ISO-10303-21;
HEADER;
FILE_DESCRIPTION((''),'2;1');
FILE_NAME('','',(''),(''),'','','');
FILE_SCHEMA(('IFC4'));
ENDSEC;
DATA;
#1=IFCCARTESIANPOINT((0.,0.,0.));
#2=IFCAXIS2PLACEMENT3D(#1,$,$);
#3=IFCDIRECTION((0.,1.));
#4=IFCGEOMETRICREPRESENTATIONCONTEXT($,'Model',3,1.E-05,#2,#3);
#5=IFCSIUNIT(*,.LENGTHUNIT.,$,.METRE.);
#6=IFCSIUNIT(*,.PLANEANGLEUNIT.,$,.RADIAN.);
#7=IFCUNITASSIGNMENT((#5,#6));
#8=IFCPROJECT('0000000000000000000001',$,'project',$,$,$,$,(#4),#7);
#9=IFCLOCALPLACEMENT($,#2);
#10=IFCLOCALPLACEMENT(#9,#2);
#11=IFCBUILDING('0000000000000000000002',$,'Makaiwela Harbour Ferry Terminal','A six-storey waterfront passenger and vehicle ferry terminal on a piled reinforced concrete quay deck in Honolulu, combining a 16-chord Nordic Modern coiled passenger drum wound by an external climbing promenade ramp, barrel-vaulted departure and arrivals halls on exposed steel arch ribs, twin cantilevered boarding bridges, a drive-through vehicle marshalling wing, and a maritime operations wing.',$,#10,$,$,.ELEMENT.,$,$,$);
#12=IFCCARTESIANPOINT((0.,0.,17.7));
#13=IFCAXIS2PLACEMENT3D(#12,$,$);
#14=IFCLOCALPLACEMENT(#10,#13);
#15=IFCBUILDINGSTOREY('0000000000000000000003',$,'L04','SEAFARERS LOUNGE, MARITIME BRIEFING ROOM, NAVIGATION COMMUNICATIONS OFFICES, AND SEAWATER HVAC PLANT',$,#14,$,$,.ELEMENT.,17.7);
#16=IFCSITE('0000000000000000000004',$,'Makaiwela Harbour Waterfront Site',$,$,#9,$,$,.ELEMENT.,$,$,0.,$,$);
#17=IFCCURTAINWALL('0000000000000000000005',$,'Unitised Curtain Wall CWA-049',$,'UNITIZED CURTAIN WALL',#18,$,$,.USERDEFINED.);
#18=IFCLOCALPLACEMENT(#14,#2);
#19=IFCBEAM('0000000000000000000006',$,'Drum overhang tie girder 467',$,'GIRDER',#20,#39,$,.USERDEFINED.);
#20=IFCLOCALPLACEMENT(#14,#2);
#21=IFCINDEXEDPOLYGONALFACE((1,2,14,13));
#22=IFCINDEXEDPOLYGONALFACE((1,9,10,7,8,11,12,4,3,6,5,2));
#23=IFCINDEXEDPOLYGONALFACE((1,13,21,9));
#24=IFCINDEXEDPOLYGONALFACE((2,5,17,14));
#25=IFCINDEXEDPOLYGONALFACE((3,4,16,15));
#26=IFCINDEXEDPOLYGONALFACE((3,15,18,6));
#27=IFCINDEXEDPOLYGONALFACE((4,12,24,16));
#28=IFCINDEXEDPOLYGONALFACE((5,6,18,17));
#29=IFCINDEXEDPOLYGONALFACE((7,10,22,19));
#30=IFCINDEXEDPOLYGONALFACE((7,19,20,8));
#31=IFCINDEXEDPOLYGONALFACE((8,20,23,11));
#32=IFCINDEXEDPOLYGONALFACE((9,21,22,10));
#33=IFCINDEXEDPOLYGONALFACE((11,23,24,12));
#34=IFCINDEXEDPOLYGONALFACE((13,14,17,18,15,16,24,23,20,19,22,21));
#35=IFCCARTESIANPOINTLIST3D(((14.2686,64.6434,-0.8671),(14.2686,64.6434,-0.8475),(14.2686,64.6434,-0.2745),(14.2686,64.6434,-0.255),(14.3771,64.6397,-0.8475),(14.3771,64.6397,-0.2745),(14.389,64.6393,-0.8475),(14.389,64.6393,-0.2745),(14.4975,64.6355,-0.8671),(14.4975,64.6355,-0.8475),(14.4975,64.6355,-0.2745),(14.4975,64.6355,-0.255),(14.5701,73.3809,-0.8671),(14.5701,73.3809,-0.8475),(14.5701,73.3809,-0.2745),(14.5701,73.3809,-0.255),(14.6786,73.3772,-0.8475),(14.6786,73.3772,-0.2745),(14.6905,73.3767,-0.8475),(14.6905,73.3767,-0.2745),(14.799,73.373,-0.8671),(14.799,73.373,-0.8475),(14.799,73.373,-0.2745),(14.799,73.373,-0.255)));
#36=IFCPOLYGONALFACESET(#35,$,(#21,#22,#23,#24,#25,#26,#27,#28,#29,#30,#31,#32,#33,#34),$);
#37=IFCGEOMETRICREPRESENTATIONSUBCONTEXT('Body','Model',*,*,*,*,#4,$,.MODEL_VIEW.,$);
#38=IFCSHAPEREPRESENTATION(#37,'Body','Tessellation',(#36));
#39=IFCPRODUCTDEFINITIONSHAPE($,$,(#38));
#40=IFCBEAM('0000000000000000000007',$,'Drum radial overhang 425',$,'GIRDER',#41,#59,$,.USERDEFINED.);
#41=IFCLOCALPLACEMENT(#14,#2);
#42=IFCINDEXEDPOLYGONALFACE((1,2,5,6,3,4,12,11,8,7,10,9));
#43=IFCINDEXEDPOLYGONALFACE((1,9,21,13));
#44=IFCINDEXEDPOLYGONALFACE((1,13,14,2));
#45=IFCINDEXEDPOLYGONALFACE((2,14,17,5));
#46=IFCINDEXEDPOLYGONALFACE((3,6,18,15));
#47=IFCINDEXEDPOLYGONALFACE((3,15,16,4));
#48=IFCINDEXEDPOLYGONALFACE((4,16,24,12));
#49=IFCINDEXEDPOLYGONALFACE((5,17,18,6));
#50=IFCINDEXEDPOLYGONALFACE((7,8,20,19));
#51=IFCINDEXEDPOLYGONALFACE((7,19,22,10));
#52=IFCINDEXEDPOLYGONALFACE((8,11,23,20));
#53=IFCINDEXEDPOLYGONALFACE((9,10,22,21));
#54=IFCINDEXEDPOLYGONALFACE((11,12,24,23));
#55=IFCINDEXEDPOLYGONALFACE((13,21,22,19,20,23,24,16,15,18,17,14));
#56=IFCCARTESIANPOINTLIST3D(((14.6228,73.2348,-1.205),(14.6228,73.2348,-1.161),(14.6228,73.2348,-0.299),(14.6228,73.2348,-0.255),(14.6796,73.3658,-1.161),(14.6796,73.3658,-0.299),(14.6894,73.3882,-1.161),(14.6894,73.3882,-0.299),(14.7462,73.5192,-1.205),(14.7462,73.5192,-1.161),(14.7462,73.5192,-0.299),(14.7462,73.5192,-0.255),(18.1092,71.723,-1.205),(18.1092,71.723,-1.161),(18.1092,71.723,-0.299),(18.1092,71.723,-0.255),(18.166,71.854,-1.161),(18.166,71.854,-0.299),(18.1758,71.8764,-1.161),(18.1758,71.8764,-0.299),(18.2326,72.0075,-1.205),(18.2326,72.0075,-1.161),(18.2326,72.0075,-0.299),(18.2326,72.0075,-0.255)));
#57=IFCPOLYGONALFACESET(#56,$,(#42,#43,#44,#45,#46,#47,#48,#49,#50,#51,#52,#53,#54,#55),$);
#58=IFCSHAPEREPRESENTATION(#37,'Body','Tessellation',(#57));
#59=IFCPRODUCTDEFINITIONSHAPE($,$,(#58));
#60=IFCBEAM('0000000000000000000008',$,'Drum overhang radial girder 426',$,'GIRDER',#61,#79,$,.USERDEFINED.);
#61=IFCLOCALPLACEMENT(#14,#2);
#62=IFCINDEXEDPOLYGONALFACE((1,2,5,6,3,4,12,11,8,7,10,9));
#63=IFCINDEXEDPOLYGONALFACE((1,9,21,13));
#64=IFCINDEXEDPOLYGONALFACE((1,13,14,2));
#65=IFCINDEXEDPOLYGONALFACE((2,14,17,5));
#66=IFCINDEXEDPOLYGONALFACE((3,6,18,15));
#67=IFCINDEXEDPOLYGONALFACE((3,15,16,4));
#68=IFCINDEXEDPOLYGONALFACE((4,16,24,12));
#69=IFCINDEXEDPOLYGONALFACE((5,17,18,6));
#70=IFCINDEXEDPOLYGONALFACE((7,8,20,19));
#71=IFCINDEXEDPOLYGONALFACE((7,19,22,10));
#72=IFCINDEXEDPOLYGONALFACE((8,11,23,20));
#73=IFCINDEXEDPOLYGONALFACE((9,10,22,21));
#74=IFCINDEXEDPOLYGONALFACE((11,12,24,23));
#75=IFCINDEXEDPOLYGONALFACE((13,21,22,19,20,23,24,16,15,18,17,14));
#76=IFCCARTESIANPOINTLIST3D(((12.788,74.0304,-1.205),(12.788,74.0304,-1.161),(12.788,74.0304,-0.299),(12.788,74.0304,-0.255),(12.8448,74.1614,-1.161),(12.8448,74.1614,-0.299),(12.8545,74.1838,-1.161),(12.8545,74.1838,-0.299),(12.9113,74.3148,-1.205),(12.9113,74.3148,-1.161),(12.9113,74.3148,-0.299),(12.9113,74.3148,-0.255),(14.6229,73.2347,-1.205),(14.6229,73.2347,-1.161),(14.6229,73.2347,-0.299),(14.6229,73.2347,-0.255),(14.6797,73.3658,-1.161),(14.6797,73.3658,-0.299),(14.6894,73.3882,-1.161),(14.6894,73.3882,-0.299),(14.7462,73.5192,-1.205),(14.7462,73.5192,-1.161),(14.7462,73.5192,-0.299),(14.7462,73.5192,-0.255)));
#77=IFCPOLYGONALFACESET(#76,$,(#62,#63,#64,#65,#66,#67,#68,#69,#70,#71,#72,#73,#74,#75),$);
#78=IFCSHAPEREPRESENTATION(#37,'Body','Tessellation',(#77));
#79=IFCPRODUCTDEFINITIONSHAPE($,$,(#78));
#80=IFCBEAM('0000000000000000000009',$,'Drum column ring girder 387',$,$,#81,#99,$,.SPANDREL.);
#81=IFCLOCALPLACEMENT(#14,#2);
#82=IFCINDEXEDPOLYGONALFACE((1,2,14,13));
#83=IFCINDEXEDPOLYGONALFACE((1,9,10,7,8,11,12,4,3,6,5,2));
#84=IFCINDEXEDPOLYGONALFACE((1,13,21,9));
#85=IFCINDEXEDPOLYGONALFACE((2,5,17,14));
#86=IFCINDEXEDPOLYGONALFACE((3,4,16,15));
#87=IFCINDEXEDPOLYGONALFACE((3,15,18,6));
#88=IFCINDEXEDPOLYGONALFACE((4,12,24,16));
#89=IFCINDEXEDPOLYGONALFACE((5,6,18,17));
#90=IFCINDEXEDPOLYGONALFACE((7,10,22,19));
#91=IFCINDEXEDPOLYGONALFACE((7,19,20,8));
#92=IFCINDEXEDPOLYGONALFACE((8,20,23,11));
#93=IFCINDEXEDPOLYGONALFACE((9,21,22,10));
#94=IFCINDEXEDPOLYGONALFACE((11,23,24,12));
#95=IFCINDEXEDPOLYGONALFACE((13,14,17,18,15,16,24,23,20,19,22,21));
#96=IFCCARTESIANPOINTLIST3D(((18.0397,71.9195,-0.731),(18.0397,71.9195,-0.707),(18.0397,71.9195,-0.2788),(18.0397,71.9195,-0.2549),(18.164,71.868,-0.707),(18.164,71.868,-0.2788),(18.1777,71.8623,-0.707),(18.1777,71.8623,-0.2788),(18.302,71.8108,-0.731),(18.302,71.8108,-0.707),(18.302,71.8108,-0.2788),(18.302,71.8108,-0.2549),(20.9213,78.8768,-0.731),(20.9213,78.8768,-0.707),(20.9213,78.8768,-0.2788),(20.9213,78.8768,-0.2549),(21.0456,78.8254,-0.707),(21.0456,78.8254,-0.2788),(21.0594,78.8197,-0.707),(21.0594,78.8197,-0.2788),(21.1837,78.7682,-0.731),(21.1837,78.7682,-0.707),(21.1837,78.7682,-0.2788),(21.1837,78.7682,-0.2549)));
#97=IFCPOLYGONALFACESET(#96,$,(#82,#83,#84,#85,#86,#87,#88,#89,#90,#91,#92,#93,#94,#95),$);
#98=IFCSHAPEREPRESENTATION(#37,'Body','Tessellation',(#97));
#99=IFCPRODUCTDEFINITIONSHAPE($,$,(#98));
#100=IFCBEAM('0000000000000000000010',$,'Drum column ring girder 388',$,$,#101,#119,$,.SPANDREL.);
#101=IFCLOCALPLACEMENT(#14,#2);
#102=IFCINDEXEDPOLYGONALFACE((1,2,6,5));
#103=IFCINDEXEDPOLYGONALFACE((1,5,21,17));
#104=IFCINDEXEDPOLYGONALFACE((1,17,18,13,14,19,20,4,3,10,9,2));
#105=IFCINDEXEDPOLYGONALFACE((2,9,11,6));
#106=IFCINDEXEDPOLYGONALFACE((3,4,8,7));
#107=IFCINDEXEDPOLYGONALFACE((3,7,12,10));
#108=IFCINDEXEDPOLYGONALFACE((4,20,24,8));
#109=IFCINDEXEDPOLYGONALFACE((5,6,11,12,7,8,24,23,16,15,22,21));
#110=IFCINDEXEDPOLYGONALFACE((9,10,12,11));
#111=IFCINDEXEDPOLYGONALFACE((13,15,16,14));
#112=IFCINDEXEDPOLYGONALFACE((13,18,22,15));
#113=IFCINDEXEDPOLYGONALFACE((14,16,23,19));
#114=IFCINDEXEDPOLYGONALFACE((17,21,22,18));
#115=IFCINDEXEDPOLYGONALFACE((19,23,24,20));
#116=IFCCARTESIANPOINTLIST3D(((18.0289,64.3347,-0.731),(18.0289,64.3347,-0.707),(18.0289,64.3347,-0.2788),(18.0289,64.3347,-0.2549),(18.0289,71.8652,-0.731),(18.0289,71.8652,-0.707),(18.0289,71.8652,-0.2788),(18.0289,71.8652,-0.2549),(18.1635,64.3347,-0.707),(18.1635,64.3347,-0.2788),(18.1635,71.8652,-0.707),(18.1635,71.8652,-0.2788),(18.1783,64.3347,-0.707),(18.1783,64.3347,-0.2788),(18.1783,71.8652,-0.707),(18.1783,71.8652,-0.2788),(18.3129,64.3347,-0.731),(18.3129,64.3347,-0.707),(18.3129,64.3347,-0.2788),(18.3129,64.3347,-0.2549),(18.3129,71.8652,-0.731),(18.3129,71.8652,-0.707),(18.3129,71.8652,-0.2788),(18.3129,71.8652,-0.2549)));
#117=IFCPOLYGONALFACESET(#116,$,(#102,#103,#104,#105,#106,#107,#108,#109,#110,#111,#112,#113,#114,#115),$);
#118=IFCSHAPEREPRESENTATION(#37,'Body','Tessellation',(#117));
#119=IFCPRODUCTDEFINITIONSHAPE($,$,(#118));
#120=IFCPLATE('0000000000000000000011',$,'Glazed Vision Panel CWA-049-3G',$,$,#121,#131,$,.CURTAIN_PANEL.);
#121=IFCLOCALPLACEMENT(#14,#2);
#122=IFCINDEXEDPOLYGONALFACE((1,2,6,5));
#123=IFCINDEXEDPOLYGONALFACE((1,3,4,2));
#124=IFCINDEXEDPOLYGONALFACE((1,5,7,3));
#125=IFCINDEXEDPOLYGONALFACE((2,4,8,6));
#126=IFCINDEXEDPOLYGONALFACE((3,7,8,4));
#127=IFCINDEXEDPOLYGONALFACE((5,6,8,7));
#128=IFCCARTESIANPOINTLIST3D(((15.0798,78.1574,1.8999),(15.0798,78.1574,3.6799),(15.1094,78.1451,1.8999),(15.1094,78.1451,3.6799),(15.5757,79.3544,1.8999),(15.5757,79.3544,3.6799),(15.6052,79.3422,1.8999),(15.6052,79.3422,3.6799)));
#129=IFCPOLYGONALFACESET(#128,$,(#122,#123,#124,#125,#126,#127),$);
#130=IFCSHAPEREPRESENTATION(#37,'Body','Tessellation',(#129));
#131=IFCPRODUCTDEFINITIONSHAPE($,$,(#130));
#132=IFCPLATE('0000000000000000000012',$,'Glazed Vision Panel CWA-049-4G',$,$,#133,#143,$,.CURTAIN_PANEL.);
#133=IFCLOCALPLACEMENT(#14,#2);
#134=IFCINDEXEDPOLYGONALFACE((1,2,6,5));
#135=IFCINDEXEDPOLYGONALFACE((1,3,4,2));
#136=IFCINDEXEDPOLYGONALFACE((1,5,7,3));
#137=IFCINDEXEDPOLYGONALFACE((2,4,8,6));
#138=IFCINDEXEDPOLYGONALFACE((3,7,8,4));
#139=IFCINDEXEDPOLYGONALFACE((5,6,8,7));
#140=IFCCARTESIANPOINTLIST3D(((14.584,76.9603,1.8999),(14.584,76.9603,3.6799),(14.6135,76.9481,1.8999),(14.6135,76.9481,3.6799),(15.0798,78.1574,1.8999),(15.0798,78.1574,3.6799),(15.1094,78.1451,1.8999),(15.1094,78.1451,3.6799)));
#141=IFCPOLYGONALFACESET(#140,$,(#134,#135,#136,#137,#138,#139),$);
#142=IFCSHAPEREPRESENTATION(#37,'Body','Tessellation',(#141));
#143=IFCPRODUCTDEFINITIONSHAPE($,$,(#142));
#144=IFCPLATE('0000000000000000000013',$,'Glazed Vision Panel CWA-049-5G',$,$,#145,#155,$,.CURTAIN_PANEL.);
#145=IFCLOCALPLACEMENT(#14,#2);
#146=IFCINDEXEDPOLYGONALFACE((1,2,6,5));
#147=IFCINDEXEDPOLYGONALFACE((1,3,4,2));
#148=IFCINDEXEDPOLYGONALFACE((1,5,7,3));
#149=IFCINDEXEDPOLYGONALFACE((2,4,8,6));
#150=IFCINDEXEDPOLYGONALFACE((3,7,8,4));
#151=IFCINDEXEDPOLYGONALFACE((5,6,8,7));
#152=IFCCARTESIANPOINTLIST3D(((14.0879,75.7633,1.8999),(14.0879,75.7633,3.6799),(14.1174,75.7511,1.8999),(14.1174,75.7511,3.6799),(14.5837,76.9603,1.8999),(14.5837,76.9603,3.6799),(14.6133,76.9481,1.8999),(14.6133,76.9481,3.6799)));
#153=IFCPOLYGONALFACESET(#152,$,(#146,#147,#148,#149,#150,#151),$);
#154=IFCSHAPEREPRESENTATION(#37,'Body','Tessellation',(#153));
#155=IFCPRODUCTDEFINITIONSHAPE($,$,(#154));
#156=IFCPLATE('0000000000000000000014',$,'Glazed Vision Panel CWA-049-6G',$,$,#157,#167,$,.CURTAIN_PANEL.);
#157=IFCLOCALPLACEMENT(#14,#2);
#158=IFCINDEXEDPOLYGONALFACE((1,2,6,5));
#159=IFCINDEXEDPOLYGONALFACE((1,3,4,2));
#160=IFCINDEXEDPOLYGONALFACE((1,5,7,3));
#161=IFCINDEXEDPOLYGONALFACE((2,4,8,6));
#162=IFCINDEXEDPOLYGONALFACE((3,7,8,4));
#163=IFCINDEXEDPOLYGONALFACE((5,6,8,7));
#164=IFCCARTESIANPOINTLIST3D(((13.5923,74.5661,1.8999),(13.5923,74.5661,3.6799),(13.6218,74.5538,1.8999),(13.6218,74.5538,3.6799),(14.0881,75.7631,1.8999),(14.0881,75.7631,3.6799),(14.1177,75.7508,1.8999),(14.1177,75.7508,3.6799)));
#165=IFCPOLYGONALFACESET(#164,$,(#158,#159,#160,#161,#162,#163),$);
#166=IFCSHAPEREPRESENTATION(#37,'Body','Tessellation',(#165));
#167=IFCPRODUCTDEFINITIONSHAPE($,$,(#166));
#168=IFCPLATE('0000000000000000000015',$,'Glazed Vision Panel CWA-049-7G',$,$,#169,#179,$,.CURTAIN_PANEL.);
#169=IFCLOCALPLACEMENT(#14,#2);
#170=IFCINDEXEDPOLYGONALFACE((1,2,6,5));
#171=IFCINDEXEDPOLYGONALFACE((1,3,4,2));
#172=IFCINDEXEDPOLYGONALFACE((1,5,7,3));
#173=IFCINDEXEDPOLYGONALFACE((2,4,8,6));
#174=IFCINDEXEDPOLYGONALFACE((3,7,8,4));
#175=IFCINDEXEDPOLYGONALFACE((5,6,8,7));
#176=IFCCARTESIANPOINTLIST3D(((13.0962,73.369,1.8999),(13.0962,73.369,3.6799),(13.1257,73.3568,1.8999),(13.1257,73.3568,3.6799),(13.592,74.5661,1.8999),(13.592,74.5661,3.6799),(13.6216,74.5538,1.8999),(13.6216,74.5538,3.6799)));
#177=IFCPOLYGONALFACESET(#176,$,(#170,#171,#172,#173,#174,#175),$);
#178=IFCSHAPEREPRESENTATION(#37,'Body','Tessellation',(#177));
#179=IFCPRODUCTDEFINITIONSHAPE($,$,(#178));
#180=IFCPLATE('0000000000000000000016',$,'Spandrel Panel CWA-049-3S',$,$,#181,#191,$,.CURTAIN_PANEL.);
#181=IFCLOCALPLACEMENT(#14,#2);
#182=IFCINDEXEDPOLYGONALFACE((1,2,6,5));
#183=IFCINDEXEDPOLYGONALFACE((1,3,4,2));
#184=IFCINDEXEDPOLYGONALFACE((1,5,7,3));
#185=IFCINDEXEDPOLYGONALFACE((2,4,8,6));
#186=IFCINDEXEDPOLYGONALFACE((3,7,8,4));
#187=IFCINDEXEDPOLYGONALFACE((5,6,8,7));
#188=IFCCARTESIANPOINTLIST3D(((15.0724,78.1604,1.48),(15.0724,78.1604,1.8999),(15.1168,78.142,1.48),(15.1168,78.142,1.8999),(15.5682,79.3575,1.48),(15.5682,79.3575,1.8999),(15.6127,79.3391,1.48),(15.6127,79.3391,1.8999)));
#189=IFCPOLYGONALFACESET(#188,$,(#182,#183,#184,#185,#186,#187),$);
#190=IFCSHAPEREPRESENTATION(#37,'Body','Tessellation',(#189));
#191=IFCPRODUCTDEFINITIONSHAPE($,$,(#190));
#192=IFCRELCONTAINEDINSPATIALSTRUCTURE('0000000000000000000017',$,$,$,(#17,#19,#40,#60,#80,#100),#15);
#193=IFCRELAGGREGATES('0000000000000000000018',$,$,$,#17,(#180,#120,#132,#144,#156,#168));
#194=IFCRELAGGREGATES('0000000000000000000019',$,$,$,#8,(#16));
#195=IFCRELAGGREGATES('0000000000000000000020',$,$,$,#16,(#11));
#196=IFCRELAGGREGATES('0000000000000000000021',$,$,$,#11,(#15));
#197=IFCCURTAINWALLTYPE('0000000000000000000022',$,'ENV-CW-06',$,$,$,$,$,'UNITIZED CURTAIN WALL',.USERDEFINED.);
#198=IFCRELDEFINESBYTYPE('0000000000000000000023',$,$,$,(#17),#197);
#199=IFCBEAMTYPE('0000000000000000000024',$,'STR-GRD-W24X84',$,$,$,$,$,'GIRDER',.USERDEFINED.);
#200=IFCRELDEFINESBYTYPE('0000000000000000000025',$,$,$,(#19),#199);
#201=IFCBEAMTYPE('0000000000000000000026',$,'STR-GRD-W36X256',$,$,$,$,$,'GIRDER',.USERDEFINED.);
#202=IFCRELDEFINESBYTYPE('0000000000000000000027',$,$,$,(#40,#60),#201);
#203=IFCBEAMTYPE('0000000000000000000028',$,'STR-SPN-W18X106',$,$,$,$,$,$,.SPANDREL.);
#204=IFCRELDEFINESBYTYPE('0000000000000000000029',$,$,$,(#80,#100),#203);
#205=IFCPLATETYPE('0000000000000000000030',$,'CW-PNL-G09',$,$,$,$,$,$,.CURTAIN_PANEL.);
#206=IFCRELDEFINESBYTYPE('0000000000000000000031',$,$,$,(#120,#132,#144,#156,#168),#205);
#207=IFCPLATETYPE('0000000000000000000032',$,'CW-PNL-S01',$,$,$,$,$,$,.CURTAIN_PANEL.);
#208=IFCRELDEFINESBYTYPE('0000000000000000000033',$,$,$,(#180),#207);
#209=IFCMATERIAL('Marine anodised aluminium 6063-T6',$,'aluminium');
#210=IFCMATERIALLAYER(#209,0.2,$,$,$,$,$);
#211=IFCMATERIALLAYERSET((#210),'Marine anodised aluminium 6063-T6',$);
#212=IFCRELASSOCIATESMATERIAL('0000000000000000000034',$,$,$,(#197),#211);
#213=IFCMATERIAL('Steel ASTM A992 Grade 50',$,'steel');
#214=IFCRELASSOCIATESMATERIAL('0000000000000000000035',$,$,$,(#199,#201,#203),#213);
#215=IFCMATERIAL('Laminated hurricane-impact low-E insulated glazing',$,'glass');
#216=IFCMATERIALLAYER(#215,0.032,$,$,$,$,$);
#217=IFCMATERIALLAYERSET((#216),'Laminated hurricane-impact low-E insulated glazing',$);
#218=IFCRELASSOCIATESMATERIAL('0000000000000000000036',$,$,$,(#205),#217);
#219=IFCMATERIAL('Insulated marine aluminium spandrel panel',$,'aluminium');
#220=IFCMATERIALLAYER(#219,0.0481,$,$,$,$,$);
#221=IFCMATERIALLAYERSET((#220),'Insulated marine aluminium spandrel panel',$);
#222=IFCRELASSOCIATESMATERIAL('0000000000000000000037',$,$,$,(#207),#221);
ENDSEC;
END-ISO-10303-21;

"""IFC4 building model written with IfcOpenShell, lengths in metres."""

from ifc_helpers import new_model, si_unit, direction, frame, origin, origin_2d, place, context, subcontext, project, spatial, rectangle, i_section, extrude, material, layer, layer_set, material_profile, profile_set, type_object, element, aggregate, save


model = new_model("IFC4")

# Units and contexts
model_context = context("Model", 3, precision=1e-05, world=origin(), true_north=direction((0.0, 1.0)))
body_context = subcontext(model_context, "Body", "Model", "MODEL_VIEW")
ifc_project = project(units=[si_unit("LENGTHUNIT", "METRE"), si_unit("PLANEANGLEUNIT", "RADIAN")], contexts=[model_context])

# Site, building, storey
site_placement = place(None, origin())
site = spatial("IfcSite", under=ifc_project, at=site_placement, Name="Makaiwela Harbour Waterfront Site", CompositionType="ELEMENT", RefElevation=0.0)
building_placement = place(site_placement, origin())
building = spatial("IfcBuilding", under=site, at=building_placement, Name="Makaiwela Harbour Ferry Terminal", Description="A six-storey waterfront passenger and vehicle ferry terminal on a piled reinforced concrete quay deck in Honolulu, combining a 16-chord Nordic Modern coiled passenger drum wound by an external climbing promenade ramp, barrel-vaulted departure and arrivals halls on exposed steel arch ribs, twin cantilevered boarding bridges, a drive-through vehicle marshalling wing, and a maritime operations wing.", CompositionType="ELEMENT")
storey_placement = place(building_placement, frame((0.0, 0.0, 17.7)))
storey = spatial("IfcBuildingStorey", under=building, at=storey_placement, Name="L04", Description="SEAFARERS LOUNGE, MARITIME BRIEFING ROOM, NAVIGATION COMMUNICATIONS OFFICES, AND SEAWATER HVAC PLANT", CompositionType="ELEMENT", Elevation=17.7)

# Shared definitions
ifc_material_1 = material(Name="Steel ASTM A992 Grade 50", Category="steel")

# Curtain wall
ifc_material_2 = material(Name="Marine anodised aluminium 6063-T6", Category="aluminium")
ifc_layer_1 = layer(ifc_material_2, 0.2)
ifc_layer_set_1 = layer_set([ifc_layer_1], Name="Marine anodised aluminium 6063-T6")
curtain_wall_type = type_object("IfcCurtainWallType", Name="ENV-CW-06", ElementType="UNITIZED CURTAIN WALL", PredefinedType="USERDEFINED", material=ifc_layer_set_1)
curtain_wall_1_placement = place(storey_placement, origin())
curtain_wall_1 = element("IfcCurtainWall", 1, at=curtain_wall_1_placement, inside=storey, type_object=curtain_wall_type, Name="Unitised Curtain Wall CWA-049", ObjectType="UNITIZED CURTAIN WALL", PredefinedType="USERDEFINED")

# Beams
ifc_material_profile_1 = material_profile(ifc_material_1, i_section(OverallWidth=0.229, OverallDepth=0.6121, WebThickness=0.012, FlangeThickness=0.0195, at=origin_2d()), Name="W24X84")
ifc_profile_set_1 = profile_set([ifc_material_profile_1], Name="Steel ASTM A992 Grade 50")
beam_type_1 = type_object("IfcBeamType", Name="STR-GRD-W24X84", ElementType="GIRDER", PredefinedType="USERDEFINED", material=ifc_profile_set_1)
beam_1_placement = place(storey_placement, frame((14.6846, 73.377, -0.561), z_axis=(-0.034487, -0.999405, 0.0), x_axis=(0.999405, -0.034487, 0.0)))
element("IfcBeam", 2, at=beam_1_placement, inside=storey, type_object=beam_type_1, Name="Drum overhang tie girder 467", ObjectType="GIRDER", PredefinedType="USERDEFINED", context=body_context, shape_type="SweptSolid", body=[
    extrude(i_section(OverallWidth=0.229, OverallDepth=0.6121, WebThickness=0.012, FlangeThickness=0.0195, at=origin_2d()), origin(), (0.0, 0.0, 1.0), 8.7427),
])
ifc_material_profile_2 = material_profile(ifc_material_1, i_section(OverallWidth=0.3101, OverallDepth=0.95, WebThickness=0.0244, FlangeThickness=0.0439, at=origin_2d()), Name="W36X256")
ifc_profile_set_2 = profile_set([ifc_material_profile_2], Name="Steel ASTM A992 Grade 50")
beam_type_2 = type_object("IfcBeamType", Name="STR-GRD-W36X256", ElementType="GIRDER", PredefinedType="USERDEFINED", material=ifc_profile_set_2)
beam_2_placement = place(storey_placement, frame((18.1709, 71.8652, -0.73), z_axis=(-0.917462, 0.397824, 0.0), x_axis=(-0.397824, -0.917462, 0.0)))
element("IfcBeam", 3, at=beam_2_placement, inside=storey, type_object=beam_type_2, Name="Drum radial overhang 425", ObjectType="GIRDER", PredefinedType="USERDEFINED", context=body_context, shape_type="SweptSolid", body=[
    extrude(i_section(OverallWidth=0.3101, OverallDepth=0.95, WebThickness=0.0244, FlangeThickness=0.0439, at=origin_2d()), origin(), (0.0, 0.0, 1.0), 3.8),
])
beam_3_placement = place(storey_placement, frame((14.6846, 73.377, -0.73), z_axis=(-0.917464, 0.39782, 0.0), x_axis=(-0.39782, -0.917464, 0.0)))
element("IfcBeam", 4, at=beam_3_placement, inside=storey, type_object=beam_type_2, Name="Drum overhang radial girder 426", ObjectType="GIRDER", PredefinedType="USERDEFINED", context=body_context, shape_type="SweptSolid", body=[
    extrude(i_section(OverallWidth=0.3101, OverallDepth=0.95, WebThickness=0.0244, FlangeThickness=0.0439, at=origin_2d()), origin(), (0.0, 0.0, 1.0), 2.0),
])
ifc_material_profile_3 = material_profile(ifc_material_1, i_section(OverallWidth=0.2839, OverallDepth=0.4761, WebThickness=0.0149, FlangeThickness=0.0239, at=origin_2d()), Name="W18X106")
ifc_profile_set_3 = profile_set([ifc_material_profile_3], Name="Steel ASTM A992 Grade 50")
beam_type_3 = type_object("IfcBeamType", Name="STR-SPN-W18X106", PredefinedType="SPANDREL", material=ifc_profile_set_3)
for number, where, z_axis, x_axis, name in (
    (5, (21.0525, 78.8225, -0.4929), (-0.38266, -0.923889, 0.0), (0.923889, -0.38266, 0.0), "Drum column ring girder 387"),
    (6, (18.1709, 71.8652, -0.4929), (0.0, -1.0, 0.0), (1.0, 0.0, 0.0), "Drum column ring girder 388"),
):
    element("IfcBeam", number, at=place(storey_placement, frame(where, z_axis=z_axis, x_axis=x_axis)), inside=storey, type_object=beam_type_3, Name=name, PredefinedType="SPANDREL", context=body_context, shape_type="SweptSolid", body=[
        extrude(i_section(OverallWidth=0.2839, OverallDepth=0.4761, WebThickness=0.0149, FlangeThickness=0.0239, at=origin_2d()), origin(), (0.0, 0.0, 1.0), 7.5305),
    ])

# Plates
ifc_material_3 = material(Name="Laminated hurricane-impact low-E insulated glazing", Category="glass")
ifc_layer_2 = layer(ifc_material_3, 0.032)
ifc_layer_set_2 = layer_set([ifc_layer_2], Name="Laminated hurricane-impact low-E insulated glazing")
plate_type_1 = type_object("IfcPlateType", Name="CW-PNL-G09", PredefinedType="CURTAIN_PANEL", material=ifc_layer_set_2)
plate_1_placement = place(storey_placement, frame((15.3425, 78.7498, 1.8999), z_axis=(0.0, 0.0, 1.0), x_axis=(-0.382683, -0.92388, 0.0)))
plate_1 = element("IfcPlate", 7, at=plate_1_placement, type_object=plate_type_1, Name="Glazed Vision Panel CWA-049-3G", PredefinedType="CURTAIN_PANEL", context=body_context, shape_type="SweptSolid", body=[
    extrude(rectangle(XDim=1.2957, YDim=0.032, at=origin_2d()), origin(), (0.0, 0.0, 1.0), 1.78),
])
plate_2_placement = place(storey_placement, frame((14.8467, 77.5527, 1.8999), z_axis=(0.0, 0.0, 1.0), x_axis=(-0.382683, -0.92388, 0.0)))
plate_2 = element("IfcPlate", 8, at=plate_2_placement, type_object=plate_type_1, Name="Glazed Vision Panel CWA-049-4G", PredefinedType="CURTAIN_PANEL", context=body_context, shape_type="SweptSolid", body=[
    extrude(rectangle(XDim=1.2957, YDim=0.032, at=origin_2d()), origin(), (0.0, 0.0, 1.0), 1.78),
])
plate_3_placement = place(storey_placement, frame((14.3506, 76.3557, 1.8999), z_axis=(0.0, 0.0, 1.0), x_axis=(-0.382683, -0.92388, 0.0)))
plate_3 = element("IfcPlate", 9, at=plate_3_placement, type_object=plate_type_1, Name="Glazed Vision Panel CWA-049-5G", PredefinedType="CURTAIN_PANEL", context=body_context, shape_type="SweptSolid", body=[
    extrude(rectangle(XDim=1.2957, YDim=0.032, at=origin_2d()), origin(), (0.0, 0.0, 1.0), 1.78),
])
plate_4_placement = place(storey_placement, frame((13.855, 75.1584, 1.8999), z_axis=(0.0, 0.0, 1.0), x_axis=(-0.382683, -0.92388, 0.0)))
plate_4 = element("IfcPlate", 10, at=plate_4_placement, type_object=plate_type_1, Name="Glazed Vision Panel CWA-049-6G", PredefinedType="CURTAIN_PANEL", context=body_context, shape_type="SweptSolid", body=[
    extrude(rectangle(XDim=1.2957, YDim=0.032, at=origin_2d()), origin(), (0.0, 0.0, 1.0), 1.78),
])
plate_5_placement = place(storey_placement, frame((13.3589, 73.9614, 1.8999), z_axis=(0.0, 0.0, 1.0), x_axis=(-0.382683, -0.92388, 0.0)))
plate_5 = element("IfcPlate", 11, at=plate_5_placement, type_object=plate_type_1, Name="Glazed Vision Panel CWA-049-7G", PredefinedType="CURTAIN_PANEL", context=body_context, shape_type="SweptSolid", body=[
    extrude(rectangle(XDim=1.2957, YDim=0.032, at=origin_2d()), origin(), (0.0, 0.0, 1.0), 1.78),
])
ifc_material_4 = material(Name="Insulated marine aluminium spandrel panel", Category="aluminium")
ifc_layer_3 = layer(ifc_material_4, 0.0481)
ifc_layer_set_3 = layer_set([ifc_layer_3], Name="Insulated marine aluminium spandrel panel")
plate_type_2 = type_object("IfcPlateType", Name="CW-PNL-S01", PredefinedType="CURTAIN_PANEL", material=ifc_layer_set_3)
plate_6_placement = place(storey_placement, frame((15.3425, 78.7498, 1.48), z_axis=(0.0, 0.0, 1.0), x_axis=(-0.382683, -0.92388, 0.0)))
plate_6 = element("IfcPlate", 12, at=plate_6_placement, type_object=plate_type_2, Name="Spandrel Panel CWA-049-3S", PredefinedType="CURTAIN_PANEL", context=body_context, shape_type="SweptSolid", body=[
    extrude(rectangle(XDim=1.2957, YDim=0.0481, at=origin_2d()), origin(), (0.0, 0.0, 1.0), 0.4199),
])
aggregate(curtain_wall_1, [plate_6, plate_1, plate_2, plate_3, plate_4, plate_5])

save(model, "model.ifc")
